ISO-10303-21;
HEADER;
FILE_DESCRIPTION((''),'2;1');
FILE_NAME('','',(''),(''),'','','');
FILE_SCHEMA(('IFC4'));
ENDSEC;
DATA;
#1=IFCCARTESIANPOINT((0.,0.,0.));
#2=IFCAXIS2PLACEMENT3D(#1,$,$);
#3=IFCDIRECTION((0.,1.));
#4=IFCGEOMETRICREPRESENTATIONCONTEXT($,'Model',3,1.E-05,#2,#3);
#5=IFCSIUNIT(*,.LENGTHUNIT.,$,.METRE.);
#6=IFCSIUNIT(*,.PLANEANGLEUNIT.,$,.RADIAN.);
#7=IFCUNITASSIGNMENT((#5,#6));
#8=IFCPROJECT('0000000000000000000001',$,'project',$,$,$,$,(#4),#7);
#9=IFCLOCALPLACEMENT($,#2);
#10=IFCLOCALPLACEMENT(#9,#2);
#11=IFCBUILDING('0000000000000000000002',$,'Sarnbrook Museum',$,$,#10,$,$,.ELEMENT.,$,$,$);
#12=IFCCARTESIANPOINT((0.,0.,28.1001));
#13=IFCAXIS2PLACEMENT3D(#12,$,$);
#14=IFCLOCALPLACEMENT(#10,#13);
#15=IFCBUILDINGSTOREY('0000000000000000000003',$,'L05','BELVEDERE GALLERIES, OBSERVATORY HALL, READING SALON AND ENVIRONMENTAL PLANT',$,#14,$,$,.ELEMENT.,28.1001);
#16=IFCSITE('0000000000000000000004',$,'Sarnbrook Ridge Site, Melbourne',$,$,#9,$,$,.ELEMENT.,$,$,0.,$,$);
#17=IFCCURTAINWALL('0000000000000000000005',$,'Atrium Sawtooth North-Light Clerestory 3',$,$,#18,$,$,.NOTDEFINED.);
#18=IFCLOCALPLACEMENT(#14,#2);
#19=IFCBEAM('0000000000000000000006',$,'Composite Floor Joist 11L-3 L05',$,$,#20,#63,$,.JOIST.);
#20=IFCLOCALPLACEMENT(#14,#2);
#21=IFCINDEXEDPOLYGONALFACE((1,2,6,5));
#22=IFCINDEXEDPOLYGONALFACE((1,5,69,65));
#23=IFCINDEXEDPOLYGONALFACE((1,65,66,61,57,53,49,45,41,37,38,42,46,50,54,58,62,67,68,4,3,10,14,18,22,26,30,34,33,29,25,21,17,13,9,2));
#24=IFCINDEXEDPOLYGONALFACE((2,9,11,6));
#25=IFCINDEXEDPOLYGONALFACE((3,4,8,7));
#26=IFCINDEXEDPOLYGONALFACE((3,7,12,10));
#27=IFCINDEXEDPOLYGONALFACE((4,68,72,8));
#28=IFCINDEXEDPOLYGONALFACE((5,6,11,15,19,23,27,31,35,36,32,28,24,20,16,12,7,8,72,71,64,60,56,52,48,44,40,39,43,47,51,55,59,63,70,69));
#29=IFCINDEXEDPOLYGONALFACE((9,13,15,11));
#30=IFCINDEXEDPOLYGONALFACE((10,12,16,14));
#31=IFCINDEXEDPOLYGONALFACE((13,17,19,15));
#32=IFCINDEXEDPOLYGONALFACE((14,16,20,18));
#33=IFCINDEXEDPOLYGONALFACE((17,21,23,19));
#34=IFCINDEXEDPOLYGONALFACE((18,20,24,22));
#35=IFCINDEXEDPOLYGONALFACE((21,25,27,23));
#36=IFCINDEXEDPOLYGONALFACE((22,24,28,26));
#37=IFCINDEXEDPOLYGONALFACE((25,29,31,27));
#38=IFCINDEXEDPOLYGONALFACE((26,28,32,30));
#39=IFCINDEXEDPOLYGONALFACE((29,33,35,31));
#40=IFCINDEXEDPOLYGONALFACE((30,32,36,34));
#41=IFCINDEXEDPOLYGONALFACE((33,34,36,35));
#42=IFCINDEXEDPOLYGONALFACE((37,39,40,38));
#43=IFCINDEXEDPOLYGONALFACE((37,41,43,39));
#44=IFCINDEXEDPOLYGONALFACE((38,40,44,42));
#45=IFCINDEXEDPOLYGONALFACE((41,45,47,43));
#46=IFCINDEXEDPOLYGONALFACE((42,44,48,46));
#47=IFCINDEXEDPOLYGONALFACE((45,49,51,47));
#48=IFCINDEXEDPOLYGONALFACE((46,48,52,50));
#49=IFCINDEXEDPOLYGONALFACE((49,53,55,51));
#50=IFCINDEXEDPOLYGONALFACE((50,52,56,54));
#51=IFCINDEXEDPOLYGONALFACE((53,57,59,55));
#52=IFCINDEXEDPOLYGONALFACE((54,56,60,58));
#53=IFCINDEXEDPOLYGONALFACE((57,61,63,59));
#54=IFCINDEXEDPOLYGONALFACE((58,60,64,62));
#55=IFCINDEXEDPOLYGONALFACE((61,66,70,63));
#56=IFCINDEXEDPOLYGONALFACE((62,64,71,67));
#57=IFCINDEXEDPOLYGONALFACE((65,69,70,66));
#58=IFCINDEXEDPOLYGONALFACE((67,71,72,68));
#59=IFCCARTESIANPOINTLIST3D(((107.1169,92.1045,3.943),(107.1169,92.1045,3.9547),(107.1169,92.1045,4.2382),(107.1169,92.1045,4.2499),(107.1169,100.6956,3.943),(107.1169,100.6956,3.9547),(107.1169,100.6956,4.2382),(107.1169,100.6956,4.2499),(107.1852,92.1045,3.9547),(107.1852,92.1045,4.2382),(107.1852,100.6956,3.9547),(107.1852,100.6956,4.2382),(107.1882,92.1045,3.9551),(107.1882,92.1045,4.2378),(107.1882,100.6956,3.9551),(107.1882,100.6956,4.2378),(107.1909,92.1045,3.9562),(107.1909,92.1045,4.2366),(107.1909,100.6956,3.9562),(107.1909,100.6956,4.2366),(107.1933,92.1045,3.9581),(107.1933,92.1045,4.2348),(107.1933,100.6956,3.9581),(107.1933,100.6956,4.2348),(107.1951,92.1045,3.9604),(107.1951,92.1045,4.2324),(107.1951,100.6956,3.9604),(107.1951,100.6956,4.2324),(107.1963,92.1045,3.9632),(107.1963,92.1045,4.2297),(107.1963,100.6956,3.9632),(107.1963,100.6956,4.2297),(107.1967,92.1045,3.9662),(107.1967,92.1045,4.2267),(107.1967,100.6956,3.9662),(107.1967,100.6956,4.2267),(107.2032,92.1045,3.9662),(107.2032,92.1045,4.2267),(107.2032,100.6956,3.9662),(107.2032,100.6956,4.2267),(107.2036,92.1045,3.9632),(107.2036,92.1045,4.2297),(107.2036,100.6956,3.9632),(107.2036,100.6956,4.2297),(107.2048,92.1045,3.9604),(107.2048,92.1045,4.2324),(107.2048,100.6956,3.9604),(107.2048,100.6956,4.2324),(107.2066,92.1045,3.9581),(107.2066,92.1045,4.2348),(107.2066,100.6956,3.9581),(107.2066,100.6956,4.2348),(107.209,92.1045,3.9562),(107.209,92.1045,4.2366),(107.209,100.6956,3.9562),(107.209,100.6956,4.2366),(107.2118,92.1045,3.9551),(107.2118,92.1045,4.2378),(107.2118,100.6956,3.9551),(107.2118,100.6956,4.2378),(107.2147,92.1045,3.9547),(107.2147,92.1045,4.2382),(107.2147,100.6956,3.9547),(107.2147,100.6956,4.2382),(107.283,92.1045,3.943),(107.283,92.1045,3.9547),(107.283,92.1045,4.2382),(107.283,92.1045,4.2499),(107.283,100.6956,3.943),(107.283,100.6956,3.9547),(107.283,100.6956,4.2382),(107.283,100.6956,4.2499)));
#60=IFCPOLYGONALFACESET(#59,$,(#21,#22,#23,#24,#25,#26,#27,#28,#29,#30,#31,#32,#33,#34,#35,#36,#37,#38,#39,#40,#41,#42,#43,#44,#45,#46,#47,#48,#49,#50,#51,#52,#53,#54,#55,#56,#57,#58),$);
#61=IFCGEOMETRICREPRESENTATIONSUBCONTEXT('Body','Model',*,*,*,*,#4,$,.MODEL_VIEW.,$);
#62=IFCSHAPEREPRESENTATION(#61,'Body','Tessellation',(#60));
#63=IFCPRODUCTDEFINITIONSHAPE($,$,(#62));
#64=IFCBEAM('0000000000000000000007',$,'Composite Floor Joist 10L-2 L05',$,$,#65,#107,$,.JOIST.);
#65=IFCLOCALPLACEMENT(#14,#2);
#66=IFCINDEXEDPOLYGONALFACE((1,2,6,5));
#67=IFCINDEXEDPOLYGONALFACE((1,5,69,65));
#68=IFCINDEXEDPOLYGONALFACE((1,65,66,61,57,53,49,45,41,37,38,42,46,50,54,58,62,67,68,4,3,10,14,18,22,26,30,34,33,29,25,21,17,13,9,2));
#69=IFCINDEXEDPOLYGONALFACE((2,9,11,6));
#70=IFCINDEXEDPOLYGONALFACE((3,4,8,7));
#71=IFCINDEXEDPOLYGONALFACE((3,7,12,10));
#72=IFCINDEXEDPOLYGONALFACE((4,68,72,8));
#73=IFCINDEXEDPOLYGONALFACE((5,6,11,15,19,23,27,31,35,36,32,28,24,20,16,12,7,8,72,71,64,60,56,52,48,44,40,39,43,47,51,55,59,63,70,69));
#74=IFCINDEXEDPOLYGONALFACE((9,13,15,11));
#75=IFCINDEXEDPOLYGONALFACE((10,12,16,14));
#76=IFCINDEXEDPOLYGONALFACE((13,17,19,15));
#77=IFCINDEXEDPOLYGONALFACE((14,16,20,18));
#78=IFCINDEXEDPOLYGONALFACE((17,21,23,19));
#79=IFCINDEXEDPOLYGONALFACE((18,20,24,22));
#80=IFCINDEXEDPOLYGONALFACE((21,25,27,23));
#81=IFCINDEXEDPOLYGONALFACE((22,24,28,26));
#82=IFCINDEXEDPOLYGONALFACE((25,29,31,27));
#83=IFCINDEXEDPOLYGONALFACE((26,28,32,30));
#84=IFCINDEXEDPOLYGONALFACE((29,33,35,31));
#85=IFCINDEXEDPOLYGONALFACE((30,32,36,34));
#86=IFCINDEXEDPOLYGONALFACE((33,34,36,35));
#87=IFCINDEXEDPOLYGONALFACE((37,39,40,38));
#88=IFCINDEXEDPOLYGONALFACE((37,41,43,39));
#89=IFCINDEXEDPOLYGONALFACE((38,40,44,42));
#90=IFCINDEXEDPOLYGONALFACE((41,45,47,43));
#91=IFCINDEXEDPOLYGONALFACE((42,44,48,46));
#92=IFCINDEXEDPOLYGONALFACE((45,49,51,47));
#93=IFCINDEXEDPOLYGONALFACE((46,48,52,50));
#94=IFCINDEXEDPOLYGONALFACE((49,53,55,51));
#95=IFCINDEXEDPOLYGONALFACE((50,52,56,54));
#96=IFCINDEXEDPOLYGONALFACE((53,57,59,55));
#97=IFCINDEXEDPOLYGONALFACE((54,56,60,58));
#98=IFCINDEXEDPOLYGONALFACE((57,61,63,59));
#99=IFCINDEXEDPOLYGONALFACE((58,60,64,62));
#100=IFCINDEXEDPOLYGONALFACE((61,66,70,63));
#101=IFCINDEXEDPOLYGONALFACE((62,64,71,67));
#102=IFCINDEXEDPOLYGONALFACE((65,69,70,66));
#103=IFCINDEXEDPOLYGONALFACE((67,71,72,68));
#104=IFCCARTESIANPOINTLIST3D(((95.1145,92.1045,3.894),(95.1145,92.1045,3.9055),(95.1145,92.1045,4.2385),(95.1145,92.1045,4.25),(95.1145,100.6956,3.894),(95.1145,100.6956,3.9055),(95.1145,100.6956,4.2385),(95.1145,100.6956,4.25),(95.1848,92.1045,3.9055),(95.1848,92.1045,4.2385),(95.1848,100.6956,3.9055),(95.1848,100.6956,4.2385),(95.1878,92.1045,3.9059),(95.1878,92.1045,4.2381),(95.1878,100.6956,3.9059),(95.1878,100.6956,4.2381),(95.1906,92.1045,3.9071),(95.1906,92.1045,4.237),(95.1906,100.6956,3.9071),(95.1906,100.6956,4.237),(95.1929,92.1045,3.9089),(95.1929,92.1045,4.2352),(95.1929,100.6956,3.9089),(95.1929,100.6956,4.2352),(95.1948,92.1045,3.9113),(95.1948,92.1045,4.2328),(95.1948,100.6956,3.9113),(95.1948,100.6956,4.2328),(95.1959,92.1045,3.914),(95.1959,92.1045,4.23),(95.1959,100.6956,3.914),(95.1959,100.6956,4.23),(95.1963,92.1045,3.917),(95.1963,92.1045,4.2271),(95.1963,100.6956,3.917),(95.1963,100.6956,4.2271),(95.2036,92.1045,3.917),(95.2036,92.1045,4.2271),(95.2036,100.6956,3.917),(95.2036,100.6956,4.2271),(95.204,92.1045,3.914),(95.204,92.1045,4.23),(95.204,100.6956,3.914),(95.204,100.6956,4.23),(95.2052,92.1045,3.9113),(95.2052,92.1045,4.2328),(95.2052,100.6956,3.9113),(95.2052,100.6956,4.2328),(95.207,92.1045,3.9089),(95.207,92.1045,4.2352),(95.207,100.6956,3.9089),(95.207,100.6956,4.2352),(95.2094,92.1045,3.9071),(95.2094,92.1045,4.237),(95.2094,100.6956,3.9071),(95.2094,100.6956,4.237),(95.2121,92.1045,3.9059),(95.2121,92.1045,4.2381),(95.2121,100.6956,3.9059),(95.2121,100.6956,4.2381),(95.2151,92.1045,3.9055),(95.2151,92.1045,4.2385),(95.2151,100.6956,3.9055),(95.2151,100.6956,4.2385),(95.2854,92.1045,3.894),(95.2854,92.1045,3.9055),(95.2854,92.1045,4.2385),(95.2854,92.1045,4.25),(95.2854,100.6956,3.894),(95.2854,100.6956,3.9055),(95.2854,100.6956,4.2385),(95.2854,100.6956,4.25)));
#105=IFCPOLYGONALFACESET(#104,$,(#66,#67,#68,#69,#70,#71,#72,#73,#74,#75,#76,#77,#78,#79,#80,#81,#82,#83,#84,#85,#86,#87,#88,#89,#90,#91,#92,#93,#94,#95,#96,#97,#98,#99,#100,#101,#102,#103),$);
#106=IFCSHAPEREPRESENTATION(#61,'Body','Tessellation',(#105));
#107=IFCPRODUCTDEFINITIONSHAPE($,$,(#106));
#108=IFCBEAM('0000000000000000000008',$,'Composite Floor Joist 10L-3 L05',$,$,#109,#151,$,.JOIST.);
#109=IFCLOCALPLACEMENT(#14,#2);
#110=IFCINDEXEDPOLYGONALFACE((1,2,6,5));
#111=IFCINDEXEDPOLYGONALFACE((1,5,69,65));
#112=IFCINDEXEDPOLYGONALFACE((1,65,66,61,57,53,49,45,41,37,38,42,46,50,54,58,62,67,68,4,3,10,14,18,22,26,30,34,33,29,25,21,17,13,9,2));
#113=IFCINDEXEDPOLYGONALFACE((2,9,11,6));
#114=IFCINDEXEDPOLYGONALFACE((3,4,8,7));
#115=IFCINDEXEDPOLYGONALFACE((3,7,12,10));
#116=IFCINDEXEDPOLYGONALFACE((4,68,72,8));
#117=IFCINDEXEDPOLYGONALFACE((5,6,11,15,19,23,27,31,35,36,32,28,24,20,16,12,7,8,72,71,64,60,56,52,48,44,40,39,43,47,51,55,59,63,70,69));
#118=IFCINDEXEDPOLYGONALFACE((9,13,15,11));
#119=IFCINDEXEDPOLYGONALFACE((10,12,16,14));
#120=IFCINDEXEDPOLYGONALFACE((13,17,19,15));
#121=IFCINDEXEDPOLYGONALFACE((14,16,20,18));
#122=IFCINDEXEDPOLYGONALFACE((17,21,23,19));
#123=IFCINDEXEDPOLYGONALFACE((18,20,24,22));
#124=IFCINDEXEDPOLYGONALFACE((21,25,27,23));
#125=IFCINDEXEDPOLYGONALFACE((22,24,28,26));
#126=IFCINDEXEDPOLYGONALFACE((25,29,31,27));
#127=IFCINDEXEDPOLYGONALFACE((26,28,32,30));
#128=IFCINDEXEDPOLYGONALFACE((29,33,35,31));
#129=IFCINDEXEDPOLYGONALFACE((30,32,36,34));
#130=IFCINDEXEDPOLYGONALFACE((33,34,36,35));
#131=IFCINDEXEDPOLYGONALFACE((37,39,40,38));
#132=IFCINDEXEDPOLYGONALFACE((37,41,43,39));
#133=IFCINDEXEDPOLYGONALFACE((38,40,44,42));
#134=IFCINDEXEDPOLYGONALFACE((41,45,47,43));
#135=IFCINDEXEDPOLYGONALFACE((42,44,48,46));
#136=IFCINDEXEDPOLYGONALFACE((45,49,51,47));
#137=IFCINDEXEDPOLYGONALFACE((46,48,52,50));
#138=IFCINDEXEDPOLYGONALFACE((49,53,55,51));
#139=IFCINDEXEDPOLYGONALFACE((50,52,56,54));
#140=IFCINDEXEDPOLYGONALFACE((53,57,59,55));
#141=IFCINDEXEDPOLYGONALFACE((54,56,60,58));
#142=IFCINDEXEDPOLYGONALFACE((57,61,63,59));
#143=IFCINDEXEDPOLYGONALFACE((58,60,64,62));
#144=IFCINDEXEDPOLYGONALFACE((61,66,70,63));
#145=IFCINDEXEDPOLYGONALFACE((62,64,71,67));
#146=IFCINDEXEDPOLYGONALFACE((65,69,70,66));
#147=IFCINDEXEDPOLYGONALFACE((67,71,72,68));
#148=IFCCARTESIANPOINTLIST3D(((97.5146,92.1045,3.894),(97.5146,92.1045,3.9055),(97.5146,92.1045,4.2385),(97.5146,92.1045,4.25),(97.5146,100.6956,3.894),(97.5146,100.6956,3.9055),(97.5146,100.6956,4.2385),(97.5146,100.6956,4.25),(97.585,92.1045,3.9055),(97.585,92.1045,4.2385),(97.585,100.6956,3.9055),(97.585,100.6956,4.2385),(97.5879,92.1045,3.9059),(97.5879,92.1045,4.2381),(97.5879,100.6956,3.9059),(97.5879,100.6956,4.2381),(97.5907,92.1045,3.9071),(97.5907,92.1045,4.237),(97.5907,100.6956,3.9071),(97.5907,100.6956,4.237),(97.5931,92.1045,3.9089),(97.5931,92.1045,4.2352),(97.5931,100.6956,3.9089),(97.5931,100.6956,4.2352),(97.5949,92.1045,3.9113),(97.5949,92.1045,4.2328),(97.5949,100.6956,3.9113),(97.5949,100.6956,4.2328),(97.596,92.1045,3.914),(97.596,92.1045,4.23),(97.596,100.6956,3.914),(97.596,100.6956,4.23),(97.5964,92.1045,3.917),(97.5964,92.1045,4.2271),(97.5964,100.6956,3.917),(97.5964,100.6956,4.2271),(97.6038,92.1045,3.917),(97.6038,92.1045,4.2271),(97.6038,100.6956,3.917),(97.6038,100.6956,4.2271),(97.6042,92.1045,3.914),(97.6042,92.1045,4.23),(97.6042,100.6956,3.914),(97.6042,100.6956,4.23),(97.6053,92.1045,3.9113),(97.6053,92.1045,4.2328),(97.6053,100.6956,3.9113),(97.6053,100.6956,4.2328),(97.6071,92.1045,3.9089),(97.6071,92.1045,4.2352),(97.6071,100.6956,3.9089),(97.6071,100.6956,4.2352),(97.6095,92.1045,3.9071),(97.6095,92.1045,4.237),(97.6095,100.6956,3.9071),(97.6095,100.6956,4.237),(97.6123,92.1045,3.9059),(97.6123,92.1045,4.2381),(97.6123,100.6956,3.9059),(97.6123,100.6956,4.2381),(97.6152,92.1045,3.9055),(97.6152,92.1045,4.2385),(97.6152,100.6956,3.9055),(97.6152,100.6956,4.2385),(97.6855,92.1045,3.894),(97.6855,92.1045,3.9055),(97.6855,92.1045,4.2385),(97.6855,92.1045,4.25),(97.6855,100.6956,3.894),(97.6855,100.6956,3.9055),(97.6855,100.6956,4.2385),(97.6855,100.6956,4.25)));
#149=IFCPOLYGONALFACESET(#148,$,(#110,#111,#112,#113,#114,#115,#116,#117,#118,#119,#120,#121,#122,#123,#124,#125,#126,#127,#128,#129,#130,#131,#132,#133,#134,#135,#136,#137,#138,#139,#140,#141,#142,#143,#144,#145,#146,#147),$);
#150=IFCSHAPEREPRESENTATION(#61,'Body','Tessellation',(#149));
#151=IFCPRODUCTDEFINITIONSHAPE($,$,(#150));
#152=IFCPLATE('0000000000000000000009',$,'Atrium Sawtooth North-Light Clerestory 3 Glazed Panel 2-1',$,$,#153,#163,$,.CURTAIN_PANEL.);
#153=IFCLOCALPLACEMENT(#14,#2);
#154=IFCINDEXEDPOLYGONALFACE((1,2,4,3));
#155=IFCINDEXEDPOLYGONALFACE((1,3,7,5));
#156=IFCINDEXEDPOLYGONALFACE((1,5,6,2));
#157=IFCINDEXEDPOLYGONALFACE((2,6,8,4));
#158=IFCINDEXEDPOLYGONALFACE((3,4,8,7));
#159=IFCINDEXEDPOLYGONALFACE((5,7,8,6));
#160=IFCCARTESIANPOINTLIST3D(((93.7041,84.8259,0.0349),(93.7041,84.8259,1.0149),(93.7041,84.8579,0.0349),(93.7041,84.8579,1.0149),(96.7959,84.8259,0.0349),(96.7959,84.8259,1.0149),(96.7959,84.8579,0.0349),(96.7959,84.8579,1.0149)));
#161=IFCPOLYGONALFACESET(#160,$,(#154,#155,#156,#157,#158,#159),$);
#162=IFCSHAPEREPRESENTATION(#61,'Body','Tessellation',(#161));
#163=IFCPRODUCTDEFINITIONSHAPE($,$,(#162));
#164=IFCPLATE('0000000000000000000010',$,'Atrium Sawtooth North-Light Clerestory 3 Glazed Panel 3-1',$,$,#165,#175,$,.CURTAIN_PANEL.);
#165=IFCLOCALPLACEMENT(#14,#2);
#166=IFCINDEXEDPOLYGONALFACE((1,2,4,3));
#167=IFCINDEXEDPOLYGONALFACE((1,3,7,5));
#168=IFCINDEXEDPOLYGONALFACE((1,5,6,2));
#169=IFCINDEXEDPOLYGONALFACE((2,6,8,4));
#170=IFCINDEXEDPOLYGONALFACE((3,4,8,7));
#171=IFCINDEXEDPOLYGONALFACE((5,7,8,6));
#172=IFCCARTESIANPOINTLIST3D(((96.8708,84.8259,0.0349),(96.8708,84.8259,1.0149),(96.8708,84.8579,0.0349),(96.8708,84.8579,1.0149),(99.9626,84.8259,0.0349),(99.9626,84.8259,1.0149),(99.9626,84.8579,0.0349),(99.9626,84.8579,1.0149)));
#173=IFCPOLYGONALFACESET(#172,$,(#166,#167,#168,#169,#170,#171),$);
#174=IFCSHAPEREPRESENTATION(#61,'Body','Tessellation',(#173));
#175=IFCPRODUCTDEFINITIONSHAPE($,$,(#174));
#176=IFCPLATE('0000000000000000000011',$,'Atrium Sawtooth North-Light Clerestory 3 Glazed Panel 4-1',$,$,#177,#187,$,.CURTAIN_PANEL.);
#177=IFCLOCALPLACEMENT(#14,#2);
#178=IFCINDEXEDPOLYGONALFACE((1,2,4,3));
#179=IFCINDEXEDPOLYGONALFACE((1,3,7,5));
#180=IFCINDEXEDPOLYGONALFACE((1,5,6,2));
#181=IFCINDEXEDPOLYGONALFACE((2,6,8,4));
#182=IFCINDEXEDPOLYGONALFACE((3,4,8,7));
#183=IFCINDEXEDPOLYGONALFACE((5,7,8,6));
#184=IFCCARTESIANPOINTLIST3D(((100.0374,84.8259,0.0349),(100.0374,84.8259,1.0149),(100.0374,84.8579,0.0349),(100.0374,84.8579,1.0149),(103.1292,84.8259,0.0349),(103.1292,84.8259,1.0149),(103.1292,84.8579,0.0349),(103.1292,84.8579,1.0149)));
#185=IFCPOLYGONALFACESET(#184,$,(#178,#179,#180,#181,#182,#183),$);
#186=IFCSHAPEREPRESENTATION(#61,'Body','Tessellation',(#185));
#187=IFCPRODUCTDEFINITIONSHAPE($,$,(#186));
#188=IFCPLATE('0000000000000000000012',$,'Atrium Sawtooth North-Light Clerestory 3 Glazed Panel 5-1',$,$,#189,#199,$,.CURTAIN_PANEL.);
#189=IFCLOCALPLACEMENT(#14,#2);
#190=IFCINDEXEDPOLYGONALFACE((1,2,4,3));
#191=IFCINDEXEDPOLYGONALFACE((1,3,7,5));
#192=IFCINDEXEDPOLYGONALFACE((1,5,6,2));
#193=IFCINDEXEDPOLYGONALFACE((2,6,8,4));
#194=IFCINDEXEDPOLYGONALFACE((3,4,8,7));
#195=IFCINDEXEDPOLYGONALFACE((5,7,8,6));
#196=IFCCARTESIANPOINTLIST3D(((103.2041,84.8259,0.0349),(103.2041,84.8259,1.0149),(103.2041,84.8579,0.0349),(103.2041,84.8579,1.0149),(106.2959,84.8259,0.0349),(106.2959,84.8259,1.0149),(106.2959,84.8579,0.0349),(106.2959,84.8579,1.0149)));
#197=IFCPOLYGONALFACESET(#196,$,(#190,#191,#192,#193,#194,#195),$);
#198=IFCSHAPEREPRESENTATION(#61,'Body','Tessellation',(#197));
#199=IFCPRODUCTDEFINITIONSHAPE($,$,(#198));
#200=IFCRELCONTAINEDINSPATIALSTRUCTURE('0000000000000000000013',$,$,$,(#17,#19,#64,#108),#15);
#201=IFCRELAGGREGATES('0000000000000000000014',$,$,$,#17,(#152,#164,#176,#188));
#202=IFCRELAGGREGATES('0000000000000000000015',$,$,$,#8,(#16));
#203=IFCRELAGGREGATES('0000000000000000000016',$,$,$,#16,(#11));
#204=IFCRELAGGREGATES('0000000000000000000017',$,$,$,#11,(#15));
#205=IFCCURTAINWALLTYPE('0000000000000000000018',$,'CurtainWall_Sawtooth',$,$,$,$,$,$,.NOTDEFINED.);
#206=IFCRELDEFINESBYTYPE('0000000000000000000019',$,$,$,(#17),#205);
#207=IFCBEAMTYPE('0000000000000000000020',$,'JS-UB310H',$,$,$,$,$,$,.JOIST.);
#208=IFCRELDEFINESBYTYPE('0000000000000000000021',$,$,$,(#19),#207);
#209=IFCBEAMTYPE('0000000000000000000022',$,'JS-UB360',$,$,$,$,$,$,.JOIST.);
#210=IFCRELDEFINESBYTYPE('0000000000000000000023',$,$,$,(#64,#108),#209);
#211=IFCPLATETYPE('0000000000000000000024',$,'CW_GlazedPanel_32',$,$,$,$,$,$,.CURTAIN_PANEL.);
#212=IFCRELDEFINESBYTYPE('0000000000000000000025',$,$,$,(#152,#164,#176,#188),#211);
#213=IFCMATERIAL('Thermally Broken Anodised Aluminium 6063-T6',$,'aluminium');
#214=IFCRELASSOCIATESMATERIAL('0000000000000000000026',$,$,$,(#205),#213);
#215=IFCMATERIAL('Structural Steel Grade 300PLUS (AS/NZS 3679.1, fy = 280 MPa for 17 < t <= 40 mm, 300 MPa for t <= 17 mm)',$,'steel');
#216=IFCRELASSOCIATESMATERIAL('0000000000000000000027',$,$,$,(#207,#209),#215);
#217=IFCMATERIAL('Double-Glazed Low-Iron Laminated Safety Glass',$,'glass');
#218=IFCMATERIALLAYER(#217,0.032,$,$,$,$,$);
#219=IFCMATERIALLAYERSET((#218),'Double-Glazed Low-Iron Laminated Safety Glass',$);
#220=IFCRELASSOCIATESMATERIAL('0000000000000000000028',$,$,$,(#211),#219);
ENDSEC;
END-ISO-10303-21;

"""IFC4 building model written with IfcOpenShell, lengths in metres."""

from ifc_helpers import new_model, si_unit, direction, frame, origin, origin_2d, place, context, subcontext, project, spatial, rectangle, i_section, extrude, material, layer, layer_set, material_profile, profile_set, type_object, element, aggregate, save


model = new_model("IFC4")

# Units and contexts
model_context = context("Model", 3, precision=1e-05, world=origin(), true_north=direction((0.0, 1.0)))
body_context = subcontext(model_context, "Body", "Model", "MODEL_VIEW")
ifc_project = project(units=[si_unit("LENGTHUNIT", "METRE"), si_unit("PLANEANGLEUNIT", "RADIAN")], contexts=[model_context])

# Site, building, storey
site_placement = place(None, origin())
site = spatial("IfcSite", under=ifc_project, at=site_placement, Name="Sarnbrook Ridge Site, Melbourne", CompositionType="ELEMENT", RefElevation=0.0)
building_placement = place(site_placement, origin())
building = spatial("IfcBuilding", under=site, at=building_placement, Name="Sarnbrook Museum", CompositionType="ELEMENT")
storey_placement = place(building_placement, frame((0.0, 0.0, 28.1001)))
storey = spatial("IfcBuildingStorey", under=building, at=storey_placement, Name="L05", Description="BELVEDERE GALLERIES, OBSERVATORY HALL, READING SALON AND ENVIRONMENTAL PLANT", CompositionType="ELEMENT", Elevation=28.1001)

# Shared definitions
ifc_material_1 = material(Name="Structural Steel Grade 300PLUS (AS/NZS 3679.1, fy = 280 MPa for 17 < t <= 40 mm, 300 MPa for t <= 17 mm)", Category="steel")

# Curtain wall
ifc_material_2 = material(Name="Thermally Broken Anodised Aluminium 6063-T6", Category="aluminium")
curtain_wall_type = type_object("IfcCurtainWallType", Name="CurtainWall_Sawtooth", PredefinedType="NOTDEFINED", material=ifc_material_2)
curtain_wall_1_placement = place(storey_placement, origin())
curtain_wall_1 = element("IfcCurtainWall", 1, at=curtain_wall_1_placement, inside=storey, type_object=curtain_wall_type, Name="Atrium Sawtooth North-Light Clerestory 3", PredefinedType="NOTDEFINED")

# Beams
ifc_material_profile_1 = material_profile(ifc_material_1, i_section(OverallWidth=0.166, OverallDepth=0.3069, WebThickness=0.0066, FlangeThickness=0.0117, FilletRadius=0.0115, at=origin_2d()), Name="310UB46.2")
ifc_profile_set_1 = profile_set([ifc_material_profile_1], Name="Structural Steel Grade 300PLUS (AS/NZS 3679.1, fy = 280 MPa for 17 < t <= 40 mm, 300 MPa for t <= 17 mm)")
beam_type_1 = type_object("IfcBeamType", Name="JS-UB310H", PredefinedType="JOIST", material=ifc_profile_set_1)
for number, where, z_axis, x_axis, name in (
    (2, (107.2, 92.1045, 4.0964), (0.0, 1.0, 0.0), (-1.0, 0.0, 0.0), "Composite Floor Joist 11L-3 L05"),
):
    element("IfcBeam", number, at=place(storey_placement, frame(where, z_axis=z_axis, x_axis=x_axis)), inside=storey, type_object=beam_type_1, Name=name, PredefinedType="JOIST", context=body_context, shape_type="SweptSolid", body=[
        extrude(i_section(OverallWidth=0.166, OverallDepth=0.3069, WebThickness=0.0066, FlangeThickness=0.0117, FilletRadius=0.0115, at=origin_2d()), origin(), (0.0, 0.0, 1.0), 8.5911),
    ])
ifc_material_profile_2 = material_profile(ifc_material_1, i_section(OverallWidth=0.1709, OverallDepth=0.356, WebThickness=0.0073, FlangeThickness=0.0115, FilletRadius=0.0115, at=origin_2d()), Name="360UB50.7")
ifc_profile_set_2 = profile_set([ifc_material_profile_2], Name="Structural Steel Grade 300PLUS (AS/NZS 3679.1, fy = 280 MPa for 17 < t <= 40 mm, 300 MPa for t <= 17 mm)")
beam_type_2 = type_object("IfcBeamType", Name="JS-UB360", PredefinedType="JOIST", material=ifc_profile_set_2)
for number, where, z_axis, x_axis, name in (
    (3, (95.2, 92.1045, 4.072), (0.0, 1.0, 0.0), (-1.0, 0.0, 0.0), "Composite Floor Joist 10L-2 L05"),
    (4, (97.6001, 92.1045, 4.072), (0.0, 1.0, 0.0), (-1.0, 0.0, 0.0), "Composite Floor Joist 10L-3 L05"),
):
    element("IfcBeam", number, at=place(storey_placement, frame(where, z_axis=z_axis, x_axis=x_axis)), inside=storey, type_object=beam_type_2, Name=name, PredefinedType="JOIST", context=body_context, shape_type="SweptSolid", body=[
        extrude(i_section(OverallWidth=0.1709, OverallDepth=0.356, WebThickness=0.0073, FlangeThickness=0.0115, FilletRadius=0.0115, at=origin_2d()), origin(), (0.0, 0.0, 1.0), 8.5911),
    ])

# Plates
ifc_material_3 = material(Name="Double-Glazed Low-Iron Laminated Safety Glass", Category="glass")
ifc_layer = layer(ifc_material_3, 0.032)
ifc_layer_set = layer_set([ifc_layer], Name="Double-Glazed Low-Iron Laminated Safety Glass")
plate_type = type_object("IfcPlateType", Name="CW_GlazedPanel_32", PredefinedType="CURTAIN_PANEL", material=ifc_layer_set)
plate_1_placement = place(storey_placement, frame((95.25, 84.8579, 0.5249), z_axis=(0.0, -1.0, 0.0), x_axis=(1.0, 0.0, 0.0)))
plate_1 = element("IfcPlate", 5, at=plate_1_placement, type_object=plate_type, Name="Atrium Sawtooth North-Light Clerestory 3 Glazed Panel 2-1", PredefinedType="CURTAIN_PANEL", context=body_context, shape_type="SweptSolid", body=[
    extrude(rectangle(XDim=3.0918, YDim=0.98, at=origin_2d()), origin(), (0.0, 0.0, 1.0), 0.032),
])
plate_2_placement = place(storey_placement, frame((98.4167, 84.8579, 0.5249), z_axis=(0.0, -1.0, 0.0), x_axis=(1.0, 0.0, 0.0)))
plate_2 = element("IfcPlate", 6, at=plate_2_placement, type_object=plate_type, Name="Atrium Sawtooth North-Light Clerestory 3 Glazed Panel 3-1", PredefinedType="CURTAIN_PANEL", context=body_context, shape_type="SweptSolid", body=[
    extrude(rectangle(XDim=3.0918, YDim=0.98, at=origin_2d()), origin(), (0.0, 0.0, 1.0), 0.032),
])
plate_3_placement = place(storey_placement, frame((101.5833, 84.8579, 0.5249), z_axis=(0.0, -1.0, 0.0), x_axis=(1.0, 0.0, 0.0)))
plate_3 = element("IfcPlate", 7, at=plate_3_placement, type_object=plate_type, Name="Atrium Sawtooth North-Light Clerestory 3 Glazed Panel 4-1", PredefinedType="CURTAIN_PANEL", context=body_context, shape_type="SweptSolid", body=[
    extrude(rectangle(XDim=3.0918, YDim=0.98, at=origin_2d()), origin(), (0.0, 0.0, 1.0), 0.032),
])
plate_4_placement = place(storey_placement, frame((104.75, 84.8579, 0.5249), z_axis=(0.0, -1.0, 0.0), x_axis=(1.0, 0.0, 0.0)))
plate_4 = element("IfcPlate", 8, at=plate_4_placement, type_object=plate_type, Name="Atrium Sawtooth North-Light Clerestory 3 Glazed Panel 5-1", PredefinedType="CURTAIN_PANEL", context=body_context, shape_type="SweptSolid", body=[
    extrude(rectangle(XDim=3.0918, YDim=0.98, at=origin_2d()), origin(), (0.0, 0.0, 1.0), 0.032),
])
aggregate(curtain_wall_1, [plate_1, plate_2, plate_3, plate_4])

save(model, "model.ifc")
